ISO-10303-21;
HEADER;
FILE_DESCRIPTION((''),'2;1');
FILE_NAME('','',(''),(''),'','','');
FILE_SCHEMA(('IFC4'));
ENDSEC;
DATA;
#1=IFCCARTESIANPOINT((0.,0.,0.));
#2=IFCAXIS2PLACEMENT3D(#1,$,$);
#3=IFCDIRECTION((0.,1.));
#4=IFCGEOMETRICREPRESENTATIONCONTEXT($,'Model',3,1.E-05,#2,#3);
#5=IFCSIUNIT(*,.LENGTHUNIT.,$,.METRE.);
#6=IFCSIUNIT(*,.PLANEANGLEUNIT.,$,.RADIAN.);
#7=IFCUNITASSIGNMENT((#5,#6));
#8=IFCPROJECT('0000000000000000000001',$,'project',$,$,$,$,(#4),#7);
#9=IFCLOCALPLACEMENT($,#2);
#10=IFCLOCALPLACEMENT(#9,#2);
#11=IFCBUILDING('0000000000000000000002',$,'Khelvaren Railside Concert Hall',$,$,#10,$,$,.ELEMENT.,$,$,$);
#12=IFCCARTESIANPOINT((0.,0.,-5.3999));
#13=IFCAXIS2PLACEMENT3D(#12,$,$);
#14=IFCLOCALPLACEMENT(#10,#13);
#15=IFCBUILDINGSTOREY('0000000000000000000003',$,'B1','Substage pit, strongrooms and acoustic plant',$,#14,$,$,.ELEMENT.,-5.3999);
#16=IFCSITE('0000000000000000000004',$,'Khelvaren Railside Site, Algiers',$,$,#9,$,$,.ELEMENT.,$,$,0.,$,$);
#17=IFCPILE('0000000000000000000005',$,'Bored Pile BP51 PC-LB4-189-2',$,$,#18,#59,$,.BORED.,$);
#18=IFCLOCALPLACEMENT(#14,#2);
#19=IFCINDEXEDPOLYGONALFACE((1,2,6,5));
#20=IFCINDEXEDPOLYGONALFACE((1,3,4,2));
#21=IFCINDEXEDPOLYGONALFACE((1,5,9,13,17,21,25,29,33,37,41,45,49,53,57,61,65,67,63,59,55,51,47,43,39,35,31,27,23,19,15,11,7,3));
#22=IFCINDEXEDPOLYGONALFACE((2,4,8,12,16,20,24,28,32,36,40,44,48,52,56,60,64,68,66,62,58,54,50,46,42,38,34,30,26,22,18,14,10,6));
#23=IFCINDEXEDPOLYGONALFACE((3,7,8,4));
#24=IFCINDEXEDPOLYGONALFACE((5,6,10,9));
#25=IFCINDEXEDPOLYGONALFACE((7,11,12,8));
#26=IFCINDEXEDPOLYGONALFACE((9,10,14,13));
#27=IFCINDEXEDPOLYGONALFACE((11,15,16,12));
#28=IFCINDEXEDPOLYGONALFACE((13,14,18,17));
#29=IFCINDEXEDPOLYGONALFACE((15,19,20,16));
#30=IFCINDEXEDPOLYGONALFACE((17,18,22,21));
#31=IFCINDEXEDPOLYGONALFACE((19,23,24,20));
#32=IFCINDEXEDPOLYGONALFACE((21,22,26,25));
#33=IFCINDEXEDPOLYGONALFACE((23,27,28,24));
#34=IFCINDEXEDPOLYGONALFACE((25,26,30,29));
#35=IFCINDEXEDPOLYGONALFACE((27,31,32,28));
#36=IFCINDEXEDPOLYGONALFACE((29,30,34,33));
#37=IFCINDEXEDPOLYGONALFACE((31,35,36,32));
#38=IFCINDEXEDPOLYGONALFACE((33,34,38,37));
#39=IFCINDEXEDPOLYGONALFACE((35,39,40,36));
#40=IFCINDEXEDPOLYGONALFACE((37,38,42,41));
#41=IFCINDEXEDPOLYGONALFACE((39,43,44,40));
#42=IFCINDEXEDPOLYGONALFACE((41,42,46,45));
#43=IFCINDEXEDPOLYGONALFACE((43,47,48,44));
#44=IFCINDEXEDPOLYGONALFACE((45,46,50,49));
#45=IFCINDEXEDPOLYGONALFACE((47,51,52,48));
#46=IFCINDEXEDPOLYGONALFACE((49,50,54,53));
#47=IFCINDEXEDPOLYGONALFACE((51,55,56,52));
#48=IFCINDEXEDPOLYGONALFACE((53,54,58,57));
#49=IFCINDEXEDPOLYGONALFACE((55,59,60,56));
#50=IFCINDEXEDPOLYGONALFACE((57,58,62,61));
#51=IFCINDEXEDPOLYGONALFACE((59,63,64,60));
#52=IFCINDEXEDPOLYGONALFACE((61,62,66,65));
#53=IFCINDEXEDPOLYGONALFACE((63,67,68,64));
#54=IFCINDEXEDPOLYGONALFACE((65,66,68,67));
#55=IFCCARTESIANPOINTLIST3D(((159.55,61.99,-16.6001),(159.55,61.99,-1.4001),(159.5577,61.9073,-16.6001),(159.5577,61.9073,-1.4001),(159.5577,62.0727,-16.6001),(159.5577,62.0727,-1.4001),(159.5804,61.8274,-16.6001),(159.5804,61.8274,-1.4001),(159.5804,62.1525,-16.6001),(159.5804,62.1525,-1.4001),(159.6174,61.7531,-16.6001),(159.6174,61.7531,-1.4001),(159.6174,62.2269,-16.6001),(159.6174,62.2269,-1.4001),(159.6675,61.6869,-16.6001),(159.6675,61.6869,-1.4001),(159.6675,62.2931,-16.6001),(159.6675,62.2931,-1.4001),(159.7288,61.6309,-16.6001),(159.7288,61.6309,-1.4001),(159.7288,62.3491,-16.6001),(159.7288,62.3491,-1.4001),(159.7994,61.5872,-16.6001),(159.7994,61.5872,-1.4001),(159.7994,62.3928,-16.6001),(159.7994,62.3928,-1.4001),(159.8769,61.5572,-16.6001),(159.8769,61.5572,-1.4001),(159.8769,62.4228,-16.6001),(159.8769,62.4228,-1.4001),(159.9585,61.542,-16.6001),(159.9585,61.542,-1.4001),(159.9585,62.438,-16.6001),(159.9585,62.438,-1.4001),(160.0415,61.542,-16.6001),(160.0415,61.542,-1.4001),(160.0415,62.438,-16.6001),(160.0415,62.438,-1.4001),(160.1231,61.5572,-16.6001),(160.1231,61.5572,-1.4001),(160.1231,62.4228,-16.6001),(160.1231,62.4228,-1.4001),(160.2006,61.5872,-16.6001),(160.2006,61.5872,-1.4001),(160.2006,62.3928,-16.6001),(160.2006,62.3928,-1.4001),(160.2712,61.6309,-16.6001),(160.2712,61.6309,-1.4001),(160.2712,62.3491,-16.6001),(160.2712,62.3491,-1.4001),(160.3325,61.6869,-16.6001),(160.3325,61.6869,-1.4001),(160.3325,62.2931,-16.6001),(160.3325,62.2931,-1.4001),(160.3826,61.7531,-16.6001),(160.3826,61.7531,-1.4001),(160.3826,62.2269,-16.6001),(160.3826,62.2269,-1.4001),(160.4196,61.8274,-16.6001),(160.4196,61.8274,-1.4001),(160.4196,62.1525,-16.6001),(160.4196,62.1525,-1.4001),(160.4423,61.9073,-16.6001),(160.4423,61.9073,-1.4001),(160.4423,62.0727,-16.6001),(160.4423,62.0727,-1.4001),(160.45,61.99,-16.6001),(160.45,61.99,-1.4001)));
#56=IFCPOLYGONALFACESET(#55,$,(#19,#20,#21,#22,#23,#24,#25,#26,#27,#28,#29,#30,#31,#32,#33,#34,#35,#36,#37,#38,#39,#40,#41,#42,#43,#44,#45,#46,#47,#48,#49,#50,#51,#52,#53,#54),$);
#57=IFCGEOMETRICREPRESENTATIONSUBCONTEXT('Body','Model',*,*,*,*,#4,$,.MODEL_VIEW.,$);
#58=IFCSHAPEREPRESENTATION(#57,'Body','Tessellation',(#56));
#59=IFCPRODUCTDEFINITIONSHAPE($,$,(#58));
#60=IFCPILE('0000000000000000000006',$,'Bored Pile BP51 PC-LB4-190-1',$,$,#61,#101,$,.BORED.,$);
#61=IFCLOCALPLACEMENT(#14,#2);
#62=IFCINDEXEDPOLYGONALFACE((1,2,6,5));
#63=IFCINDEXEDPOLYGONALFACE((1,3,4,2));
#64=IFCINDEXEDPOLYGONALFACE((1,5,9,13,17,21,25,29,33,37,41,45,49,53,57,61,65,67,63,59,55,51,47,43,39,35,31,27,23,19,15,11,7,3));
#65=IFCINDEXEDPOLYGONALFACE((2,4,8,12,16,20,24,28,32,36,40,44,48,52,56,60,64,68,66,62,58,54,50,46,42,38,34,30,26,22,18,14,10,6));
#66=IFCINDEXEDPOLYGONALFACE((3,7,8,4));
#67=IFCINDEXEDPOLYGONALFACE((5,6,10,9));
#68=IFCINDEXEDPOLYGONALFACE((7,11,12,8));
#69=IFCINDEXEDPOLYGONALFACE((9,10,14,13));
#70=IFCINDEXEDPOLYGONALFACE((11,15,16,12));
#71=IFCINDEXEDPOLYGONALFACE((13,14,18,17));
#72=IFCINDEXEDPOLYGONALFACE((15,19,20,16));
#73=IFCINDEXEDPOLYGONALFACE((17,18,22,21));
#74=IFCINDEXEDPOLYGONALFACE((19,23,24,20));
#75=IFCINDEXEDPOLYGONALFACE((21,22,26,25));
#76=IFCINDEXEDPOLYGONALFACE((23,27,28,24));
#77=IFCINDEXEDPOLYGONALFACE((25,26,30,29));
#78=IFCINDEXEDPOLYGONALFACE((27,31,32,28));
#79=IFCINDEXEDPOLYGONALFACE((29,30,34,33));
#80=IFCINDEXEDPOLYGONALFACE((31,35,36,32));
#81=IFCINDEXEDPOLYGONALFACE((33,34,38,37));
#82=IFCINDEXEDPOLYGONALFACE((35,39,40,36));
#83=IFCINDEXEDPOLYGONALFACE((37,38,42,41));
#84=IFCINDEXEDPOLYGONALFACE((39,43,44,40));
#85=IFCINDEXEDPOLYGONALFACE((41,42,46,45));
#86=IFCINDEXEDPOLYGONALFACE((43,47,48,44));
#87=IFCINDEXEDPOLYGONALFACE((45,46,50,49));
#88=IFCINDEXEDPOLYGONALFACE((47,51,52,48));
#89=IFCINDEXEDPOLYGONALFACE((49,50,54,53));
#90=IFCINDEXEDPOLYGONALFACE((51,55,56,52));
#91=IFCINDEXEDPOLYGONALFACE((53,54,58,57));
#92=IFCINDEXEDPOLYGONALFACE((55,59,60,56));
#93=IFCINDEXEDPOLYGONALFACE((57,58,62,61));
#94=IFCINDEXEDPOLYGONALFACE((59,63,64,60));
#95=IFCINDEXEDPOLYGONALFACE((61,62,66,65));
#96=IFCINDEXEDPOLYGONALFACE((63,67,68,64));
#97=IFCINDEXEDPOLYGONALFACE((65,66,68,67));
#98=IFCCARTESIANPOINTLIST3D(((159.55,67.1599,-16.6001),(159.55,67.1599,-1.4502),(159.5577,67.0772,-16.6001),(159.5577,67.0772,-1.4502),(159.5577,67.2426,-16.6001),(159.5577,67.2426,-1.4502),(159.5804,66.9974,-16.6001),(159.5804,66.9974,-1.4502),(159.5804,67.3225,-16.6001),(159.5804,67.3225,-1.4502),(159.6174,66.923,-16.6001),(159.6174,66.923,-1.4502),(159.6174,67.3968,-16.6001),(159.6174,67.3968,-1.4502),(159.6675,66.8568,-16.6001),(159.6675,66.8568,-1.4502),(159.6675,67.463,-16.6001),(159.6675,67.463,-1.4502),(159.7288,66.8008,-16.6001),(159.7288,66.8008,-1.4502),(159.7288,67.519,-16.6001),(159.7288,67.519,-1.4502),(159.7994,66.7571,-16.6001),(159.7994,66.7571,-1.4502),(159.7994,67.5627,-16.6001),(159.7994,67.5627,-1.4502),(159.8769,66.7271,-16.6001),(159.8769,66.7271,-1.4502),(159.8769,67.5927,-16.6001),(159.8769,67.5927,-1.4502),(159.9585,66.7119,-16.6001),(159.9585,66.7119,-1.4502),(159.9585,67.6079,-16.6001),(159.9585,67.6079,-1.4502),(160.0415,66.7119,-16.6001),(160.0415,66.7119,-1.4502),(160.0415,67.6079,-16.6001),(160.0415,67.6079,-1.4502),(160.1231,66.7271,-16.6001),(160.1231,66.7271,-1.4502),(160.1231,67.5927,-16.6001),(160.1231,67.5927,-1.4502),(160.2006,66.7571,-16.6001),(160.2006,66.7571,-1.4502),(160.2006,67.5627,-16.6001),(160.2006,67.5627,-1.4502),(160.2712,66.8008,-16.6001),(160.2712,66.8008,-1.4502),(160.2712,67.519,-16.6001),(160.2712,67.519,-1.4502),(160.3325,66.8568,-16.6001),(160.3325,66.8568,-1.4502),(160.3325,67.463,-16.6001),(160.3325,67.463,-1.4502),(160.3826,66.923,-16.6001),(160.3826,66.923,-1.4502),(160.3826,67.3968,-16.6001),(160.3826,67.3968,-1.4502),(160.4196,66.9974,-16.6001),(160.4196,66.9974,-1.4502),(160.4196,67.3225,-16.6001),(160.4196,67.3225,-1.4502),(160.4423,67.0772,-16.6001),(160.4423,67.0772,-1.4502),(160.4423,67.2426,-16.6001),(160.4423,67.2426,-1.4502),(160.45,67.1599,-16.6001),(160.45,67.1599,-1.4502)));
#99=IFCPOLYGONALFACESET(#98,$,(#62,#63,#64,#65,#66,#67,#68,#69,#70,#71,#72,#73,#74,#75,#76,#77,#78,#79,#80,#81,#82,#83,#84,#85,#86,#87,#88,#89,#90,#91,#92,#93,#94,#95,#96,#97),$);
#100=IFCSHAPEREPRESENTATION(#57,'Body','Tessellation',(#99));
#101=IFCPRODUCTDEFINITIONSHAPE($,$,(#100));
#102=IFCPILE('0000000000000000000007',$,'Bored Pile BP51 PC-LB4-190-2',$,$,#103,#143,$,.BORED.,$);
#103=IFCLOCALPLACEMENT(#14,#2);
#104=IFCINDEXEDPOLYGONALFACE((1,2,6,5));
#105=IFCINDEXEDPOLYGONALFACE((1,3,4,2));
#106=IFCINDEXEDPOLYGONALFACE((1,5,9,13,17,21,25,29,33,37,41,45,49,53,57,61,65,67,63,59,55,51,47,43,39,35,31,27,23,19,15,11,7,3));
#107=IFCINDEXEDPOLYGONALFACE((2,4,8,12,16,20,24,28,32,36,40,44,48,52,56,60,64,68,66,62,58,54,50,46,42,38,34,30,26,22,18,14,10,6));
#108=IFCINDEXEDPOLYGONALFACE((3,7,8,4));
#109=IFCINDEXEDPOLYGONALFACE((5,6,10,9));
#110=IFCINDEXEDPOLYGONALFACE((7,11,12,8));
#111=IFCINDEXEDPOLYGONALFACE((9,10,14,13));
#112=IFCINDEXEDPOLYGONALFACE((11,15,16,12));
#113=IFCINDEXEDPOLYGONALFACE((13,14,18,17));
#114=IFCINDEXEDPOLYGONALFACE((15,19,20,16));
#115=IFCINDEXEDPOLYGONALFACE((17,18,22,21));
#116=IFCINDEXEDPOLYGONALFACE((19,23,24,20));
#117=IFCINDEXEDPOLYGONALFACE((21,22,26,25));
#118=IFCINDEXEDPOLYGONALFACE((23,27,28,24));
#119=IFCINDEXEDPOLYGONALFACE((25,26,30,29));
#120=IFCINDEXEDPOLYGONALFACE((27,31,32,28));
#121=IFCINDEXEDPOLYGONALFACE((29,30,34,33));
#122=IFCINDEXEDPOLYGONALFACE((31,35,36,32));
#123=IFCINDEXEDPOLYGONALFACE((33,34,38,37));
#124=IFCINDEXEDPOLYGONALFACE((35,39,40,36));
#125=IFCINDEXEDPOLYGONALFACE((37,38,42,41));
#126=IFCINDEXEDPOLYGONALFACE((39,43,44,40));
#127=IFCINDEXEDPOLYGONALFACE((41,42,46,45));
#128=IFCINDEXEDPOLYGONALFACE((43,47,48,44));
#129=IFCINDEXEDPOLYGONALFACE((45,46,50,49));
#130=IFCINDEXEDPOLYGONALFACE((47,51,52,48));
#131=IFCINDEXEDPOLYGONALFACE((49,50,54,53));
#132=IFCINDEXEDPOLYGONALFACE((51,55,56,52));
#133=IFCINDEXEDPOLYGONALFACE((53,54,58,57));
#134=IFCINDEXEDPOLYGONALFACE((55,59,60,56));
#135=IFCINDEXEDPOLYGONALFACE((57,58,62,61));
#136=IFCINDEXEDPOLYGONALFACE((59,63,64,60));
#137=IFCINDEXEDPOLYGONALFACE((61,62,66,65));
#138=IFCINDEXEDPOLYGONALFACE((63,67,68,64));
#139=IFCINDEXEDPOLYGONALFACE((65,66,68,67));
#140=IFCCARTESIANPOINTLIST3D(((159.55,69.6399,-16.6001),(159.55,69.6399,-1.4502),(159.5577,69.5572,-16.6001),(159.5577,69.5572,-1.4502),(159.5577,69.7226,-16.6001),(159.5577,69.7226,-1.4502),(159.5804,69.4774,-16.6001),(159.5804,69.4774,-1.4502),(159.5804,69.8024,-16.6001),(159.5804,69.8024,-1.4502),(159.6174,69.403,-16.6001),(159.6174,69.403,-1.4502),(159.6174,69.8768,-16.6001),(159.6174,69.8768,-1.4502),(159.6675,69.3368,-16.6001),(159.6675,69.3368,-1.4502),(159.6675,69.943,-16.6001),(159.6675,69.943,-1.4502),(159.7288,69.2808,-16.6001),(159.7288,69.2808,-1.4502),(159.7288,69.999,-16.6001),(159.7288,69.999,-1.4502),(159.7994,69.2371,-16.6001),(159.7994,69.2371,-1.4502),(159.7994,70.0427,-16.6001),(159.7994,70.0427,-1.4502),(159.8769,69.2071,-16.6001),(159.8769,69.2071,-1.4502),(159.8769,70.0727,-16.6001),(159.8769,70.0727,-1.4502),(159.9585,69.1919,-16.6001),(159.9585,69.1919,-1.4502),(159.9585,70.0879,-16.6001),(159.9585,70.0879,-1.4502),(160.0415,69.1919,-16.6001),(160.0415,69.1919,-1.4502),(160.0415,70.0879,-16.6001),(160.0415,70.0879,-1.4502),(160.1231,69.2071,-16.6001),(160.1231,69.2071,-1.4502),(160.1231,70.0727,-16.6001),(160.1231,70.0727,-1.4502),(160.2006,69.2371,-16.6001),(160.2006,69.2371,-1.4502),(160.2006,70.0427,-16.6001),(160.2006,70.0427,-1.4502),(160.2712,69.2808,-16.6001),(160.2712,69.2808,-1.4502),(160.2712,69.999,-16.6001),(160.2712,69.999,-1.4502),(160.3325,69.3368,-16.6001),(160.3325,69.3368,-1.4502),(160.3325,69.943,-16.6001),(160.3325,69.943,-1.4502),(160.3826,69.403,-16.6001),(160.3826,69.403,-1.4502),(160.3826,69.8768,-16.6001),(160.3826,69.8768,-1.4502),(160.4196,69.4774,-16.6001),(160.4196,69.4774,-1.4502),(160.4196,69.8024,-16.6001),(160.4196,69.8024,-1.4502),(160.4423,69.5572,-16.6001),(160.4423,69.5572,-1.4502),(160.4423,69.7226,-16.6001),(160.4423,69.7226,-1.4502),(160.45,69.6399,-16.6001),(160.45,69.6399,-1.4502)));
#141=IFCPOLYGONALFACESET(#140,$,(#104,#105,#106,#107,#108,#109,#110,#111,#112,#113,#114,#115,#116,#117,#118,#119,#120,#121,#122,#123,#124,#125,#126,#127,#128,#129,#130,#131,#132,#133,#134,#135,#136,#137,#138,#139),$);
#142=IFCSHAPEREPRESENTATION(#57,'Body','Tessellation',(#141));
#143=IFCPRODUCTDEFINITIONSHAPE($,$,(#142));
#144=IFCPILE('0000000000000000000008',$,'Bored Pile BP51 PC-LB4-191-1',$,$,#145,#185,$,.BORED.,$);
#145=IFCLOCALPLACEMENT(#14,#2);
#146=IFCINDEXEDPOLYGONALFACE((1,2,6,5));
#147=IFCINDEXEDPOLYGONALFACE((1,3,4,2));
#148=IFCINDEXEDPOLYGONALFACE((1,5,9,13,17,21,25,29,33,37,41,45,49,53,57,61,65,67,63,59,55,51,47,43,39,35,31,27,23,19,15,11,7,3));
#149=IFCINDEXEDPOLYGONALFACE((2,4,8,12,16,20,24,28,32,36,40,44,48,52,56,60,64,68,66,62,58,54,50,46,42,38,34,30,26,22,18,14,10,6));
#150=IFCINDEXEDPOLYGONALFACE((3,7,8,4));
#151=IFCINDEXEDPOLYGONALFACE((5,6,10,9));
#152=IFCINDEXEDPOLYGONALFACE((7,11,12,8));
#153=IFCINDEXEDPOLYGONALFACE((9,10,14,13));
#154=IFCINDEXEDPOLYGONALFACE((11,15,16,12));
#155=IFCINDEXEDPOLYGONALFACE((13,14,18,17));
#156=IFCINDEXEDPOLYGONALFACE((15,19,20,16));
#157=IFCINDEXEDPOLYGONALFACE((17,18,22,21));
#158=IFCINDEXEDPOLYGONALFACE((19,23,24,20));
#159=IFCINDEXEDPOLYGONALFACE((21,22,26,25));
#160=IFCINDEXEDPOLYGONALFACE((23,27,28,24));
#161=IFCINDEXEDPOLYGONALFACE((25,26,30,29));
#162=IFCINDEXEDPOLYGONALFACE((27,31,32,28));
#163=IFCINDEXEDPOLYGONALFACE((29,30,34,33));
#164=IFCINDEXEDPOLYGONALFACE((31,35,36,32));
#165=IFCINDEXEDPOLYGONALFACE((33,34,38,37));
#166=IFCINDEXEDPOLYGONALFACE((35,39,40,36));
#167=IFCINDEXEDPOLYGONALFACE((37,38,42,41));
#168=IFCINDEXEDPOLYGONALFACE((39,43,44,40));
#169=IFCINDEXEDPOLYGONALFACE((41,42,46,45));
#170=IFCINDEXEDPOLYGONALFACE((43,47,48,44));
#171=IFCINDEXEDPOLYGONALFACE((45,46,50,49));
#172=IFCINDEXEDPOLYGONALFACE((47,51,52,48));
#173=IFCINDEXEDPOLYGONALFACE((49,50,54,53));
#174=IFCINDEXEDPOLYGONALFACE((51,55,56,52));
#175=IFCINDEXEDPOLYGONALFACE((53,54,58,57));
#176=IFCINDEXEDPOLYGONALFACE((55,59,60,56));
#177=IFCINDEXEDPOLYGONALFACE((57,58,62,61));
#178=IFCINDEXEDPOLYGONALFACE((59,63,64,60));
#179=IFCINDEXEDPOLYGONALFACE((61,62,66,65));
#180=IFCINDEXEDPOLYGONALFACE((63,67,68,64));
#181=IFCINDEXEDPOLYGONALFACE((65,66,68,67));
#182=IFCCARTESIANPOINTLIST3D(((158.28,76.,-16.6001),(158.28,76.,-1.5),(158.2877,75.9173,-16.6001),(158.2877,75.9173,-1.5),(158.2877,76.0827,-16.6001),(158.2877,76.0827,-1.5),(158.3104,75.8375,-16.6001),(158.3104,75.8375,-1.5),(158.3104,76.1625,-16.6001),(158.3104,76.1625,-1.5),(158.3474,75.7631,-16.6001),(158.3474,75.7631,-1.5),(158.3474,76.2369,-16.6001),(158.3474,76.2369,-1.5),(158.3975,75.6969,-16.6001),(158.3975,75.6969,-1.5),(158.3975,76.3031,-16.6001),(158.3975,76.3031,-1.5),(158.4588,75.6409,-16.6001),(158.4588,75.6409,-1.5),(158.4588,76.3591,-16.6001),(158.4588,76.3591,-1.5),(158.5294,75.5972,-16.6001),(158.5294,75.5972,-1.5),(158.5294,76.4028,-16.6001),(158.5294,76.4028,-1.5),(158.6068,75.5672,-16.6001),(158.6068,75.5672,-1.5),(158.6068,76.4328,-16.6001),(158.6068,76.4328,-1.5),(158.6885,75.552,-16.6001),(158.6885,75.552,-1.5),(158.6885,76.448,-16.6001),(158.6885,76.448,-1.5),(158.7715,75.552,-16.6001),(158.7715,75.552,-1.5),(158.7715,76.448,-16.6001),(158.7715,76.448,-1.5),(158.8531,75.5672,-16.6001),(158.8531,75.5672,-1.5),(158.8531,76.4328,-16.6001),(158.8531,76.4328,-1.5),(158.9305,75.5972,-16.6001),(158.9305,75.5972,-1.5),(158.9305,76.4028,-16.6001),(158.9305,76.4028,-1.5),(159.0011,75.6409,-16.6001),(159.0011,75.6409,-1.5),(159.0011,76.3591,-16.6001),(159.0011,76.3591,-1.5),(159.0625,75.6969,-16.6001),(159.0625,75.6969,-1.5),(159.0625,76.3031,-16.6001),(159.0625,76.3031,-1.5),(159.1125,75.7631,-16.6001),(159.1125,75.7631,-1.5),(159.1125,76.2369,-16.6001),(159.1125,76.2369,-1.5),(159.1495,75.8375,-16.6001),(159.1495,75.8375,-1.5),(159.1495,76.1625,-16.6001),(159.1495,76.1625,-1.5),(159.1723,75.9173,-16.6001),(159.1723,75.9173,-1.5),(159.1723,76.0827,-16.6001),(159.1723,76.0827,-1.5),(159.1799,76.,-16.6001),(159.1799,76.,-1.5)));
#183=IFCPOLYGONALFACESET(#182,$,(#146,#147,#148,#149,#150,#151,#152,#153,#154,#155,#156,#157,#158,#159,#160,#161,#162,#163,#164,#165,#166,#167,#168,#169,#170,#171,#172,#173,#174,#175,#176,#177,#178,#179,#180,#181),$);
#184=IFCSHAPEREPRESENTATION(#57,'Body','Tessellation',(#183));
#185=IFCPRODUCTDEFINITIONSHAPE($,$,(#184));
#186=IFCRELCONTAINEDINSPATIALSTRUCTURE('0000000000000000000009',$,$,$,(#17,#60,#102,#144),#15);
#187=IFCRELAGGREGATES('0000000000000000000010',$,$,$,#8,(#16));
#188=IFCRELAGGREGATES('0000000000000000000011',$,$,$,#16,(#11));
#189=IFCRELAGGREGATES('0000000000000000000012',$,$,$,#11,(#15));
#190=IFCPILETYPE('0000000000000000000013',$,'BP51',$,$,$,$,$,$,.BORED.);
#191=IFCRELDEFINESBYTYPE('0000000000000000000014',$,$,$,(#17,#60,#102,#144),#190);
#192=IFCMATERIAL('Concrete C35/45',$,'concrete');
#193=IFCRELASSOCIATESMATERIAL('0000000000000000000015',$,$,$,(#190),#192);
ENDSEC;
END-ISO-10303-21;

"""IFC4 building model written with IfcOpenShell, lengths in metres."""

from ifc_helpers import new_model, si_unit, direction, frame, origin, origin_2d, place, context, subcontext, project, spatial, circle, extrude, material, material_profile, profile_set, type_object, element, save


model = new_model("IFC4")

# Units and contexts
model_context = context("Model", 3, precision=1e-05, world=origin(), true_north=direction((0.0, 1.0)))
body_context = subcontext(model_context, "Body", "Model", "MODEL_VIEW")
ifc_project = project(units=[si_unit("LENGTHUNIT", "METRE"), si_unit("PLANEANGLEUNIT", "RADIAN")], contexts=[model_context])

# Site, building, storey
site_placement = place(None, origin())
site = spatial("IfcSite", under=ifc_project, at=site_placement, Name="Khelvaren Railside Site, Algiers", CompositionType="ELEMENT", RefElevation=0.0)
building_placement = place(site_placement, origin())
building = spatial("IfcBuilding", under=site, at=building_placement, Name="Khelvaren Railside Concert Hall", CompositionType="ELEMENT")
storey_placement = place(building_placement, frame((0.0, 0.0, -5.3999)))
storey = spatial("IfcBuildingStorey", under=building, at=storey_placement, Name="B1", Description="Substage pit, strongrooms and acoustic plant", CompositionType="ELEMENT", Elevation=-5.3999)

# Piles
ifc_material_1 = material(Name="Concrete C35/45", Category="concrete")
ifc_material_profile_1 = material_profile(ifc_material_1, circle(Radius=0.45, at=origin_2d()), Name="BP D900")
ifc_profile_set_1 = profile_set([ifc_material_profile_1], Name="Concrete C35/45")
pile_type_1 = type_object("IfcPileType", Name="BP51", PredefinedType="BORED", material=ifc_profile_set_1)
for number, where, z_axis, x_axis, name in (
    (1, (160.0, 61.99, -1.4001), (0.0, 0.0, -1.0), (1.0, 0.0, 0.0), "Bored Pile BP51 PC-LB4-189-2"),
):
    element("IfcPile", number, at=place(storey_placement, frame(where, z_axis=z_axis, x_axis=x_axis)), inside=storey, type_object=pile_type_1, Name=name, PredefinedType="BORED", context=body_context, shape_type="SweptSolid", body=[
        extrude(circle(Radius=0.45, at=origin_2d()), origin(), (0.0, 0.0, 1.0), 15.2),
    ])
for number, where, z_axis, x_axis, name in (
    (2, (160.0, 67.1599, -1.4502), (0.0, 0.0, -1.0), (1.0, 0.0, 0.0), "Bored Pile BP51 PC-LB4-190-1"),
    (3, (160.0, 69.6399, -1.4502), (0.0, 0.0, -1.0), (1.0, 0.0, 0.0), "Bored Pile BP51 PC-LB4-190-2"),
):
    element("IfcPile", number, at=place(storey_placement, frame(where, z_axis=z_axis, x_axis=x_axis)), inside=storey, type_object=pile_type_1, Name=name, PredefinedType="BORED", context=body_context, shape_type="SweptSolid", body=[
        extrude(circle(Radius=0.45, at=origin_2d()), origin(), (0.0, 0.0, 1.0), 15.1499),
    ])
pile_1_placement = place(storey_placement, frame((158.73, 76.0, -1.5), z_axis=(0.0, 0.0, -1.0), x_axis=(1.0, 0.0, 0.0)))
element("IfcPile", 4, at=pile_1_placement, inside=storey, type_object=pile_type_1, Name="Bored Pile BP51 PC-LB4-191-1", PredefinedType="BORED", context=body_context, shape_type="SweptSolid", body=[
    extrude(circle(Radius=0.45, at=origin_2d()), origin(), (0.0, 0.0, 1.0), 15.1001),
])

save(model, "model.ifc")
